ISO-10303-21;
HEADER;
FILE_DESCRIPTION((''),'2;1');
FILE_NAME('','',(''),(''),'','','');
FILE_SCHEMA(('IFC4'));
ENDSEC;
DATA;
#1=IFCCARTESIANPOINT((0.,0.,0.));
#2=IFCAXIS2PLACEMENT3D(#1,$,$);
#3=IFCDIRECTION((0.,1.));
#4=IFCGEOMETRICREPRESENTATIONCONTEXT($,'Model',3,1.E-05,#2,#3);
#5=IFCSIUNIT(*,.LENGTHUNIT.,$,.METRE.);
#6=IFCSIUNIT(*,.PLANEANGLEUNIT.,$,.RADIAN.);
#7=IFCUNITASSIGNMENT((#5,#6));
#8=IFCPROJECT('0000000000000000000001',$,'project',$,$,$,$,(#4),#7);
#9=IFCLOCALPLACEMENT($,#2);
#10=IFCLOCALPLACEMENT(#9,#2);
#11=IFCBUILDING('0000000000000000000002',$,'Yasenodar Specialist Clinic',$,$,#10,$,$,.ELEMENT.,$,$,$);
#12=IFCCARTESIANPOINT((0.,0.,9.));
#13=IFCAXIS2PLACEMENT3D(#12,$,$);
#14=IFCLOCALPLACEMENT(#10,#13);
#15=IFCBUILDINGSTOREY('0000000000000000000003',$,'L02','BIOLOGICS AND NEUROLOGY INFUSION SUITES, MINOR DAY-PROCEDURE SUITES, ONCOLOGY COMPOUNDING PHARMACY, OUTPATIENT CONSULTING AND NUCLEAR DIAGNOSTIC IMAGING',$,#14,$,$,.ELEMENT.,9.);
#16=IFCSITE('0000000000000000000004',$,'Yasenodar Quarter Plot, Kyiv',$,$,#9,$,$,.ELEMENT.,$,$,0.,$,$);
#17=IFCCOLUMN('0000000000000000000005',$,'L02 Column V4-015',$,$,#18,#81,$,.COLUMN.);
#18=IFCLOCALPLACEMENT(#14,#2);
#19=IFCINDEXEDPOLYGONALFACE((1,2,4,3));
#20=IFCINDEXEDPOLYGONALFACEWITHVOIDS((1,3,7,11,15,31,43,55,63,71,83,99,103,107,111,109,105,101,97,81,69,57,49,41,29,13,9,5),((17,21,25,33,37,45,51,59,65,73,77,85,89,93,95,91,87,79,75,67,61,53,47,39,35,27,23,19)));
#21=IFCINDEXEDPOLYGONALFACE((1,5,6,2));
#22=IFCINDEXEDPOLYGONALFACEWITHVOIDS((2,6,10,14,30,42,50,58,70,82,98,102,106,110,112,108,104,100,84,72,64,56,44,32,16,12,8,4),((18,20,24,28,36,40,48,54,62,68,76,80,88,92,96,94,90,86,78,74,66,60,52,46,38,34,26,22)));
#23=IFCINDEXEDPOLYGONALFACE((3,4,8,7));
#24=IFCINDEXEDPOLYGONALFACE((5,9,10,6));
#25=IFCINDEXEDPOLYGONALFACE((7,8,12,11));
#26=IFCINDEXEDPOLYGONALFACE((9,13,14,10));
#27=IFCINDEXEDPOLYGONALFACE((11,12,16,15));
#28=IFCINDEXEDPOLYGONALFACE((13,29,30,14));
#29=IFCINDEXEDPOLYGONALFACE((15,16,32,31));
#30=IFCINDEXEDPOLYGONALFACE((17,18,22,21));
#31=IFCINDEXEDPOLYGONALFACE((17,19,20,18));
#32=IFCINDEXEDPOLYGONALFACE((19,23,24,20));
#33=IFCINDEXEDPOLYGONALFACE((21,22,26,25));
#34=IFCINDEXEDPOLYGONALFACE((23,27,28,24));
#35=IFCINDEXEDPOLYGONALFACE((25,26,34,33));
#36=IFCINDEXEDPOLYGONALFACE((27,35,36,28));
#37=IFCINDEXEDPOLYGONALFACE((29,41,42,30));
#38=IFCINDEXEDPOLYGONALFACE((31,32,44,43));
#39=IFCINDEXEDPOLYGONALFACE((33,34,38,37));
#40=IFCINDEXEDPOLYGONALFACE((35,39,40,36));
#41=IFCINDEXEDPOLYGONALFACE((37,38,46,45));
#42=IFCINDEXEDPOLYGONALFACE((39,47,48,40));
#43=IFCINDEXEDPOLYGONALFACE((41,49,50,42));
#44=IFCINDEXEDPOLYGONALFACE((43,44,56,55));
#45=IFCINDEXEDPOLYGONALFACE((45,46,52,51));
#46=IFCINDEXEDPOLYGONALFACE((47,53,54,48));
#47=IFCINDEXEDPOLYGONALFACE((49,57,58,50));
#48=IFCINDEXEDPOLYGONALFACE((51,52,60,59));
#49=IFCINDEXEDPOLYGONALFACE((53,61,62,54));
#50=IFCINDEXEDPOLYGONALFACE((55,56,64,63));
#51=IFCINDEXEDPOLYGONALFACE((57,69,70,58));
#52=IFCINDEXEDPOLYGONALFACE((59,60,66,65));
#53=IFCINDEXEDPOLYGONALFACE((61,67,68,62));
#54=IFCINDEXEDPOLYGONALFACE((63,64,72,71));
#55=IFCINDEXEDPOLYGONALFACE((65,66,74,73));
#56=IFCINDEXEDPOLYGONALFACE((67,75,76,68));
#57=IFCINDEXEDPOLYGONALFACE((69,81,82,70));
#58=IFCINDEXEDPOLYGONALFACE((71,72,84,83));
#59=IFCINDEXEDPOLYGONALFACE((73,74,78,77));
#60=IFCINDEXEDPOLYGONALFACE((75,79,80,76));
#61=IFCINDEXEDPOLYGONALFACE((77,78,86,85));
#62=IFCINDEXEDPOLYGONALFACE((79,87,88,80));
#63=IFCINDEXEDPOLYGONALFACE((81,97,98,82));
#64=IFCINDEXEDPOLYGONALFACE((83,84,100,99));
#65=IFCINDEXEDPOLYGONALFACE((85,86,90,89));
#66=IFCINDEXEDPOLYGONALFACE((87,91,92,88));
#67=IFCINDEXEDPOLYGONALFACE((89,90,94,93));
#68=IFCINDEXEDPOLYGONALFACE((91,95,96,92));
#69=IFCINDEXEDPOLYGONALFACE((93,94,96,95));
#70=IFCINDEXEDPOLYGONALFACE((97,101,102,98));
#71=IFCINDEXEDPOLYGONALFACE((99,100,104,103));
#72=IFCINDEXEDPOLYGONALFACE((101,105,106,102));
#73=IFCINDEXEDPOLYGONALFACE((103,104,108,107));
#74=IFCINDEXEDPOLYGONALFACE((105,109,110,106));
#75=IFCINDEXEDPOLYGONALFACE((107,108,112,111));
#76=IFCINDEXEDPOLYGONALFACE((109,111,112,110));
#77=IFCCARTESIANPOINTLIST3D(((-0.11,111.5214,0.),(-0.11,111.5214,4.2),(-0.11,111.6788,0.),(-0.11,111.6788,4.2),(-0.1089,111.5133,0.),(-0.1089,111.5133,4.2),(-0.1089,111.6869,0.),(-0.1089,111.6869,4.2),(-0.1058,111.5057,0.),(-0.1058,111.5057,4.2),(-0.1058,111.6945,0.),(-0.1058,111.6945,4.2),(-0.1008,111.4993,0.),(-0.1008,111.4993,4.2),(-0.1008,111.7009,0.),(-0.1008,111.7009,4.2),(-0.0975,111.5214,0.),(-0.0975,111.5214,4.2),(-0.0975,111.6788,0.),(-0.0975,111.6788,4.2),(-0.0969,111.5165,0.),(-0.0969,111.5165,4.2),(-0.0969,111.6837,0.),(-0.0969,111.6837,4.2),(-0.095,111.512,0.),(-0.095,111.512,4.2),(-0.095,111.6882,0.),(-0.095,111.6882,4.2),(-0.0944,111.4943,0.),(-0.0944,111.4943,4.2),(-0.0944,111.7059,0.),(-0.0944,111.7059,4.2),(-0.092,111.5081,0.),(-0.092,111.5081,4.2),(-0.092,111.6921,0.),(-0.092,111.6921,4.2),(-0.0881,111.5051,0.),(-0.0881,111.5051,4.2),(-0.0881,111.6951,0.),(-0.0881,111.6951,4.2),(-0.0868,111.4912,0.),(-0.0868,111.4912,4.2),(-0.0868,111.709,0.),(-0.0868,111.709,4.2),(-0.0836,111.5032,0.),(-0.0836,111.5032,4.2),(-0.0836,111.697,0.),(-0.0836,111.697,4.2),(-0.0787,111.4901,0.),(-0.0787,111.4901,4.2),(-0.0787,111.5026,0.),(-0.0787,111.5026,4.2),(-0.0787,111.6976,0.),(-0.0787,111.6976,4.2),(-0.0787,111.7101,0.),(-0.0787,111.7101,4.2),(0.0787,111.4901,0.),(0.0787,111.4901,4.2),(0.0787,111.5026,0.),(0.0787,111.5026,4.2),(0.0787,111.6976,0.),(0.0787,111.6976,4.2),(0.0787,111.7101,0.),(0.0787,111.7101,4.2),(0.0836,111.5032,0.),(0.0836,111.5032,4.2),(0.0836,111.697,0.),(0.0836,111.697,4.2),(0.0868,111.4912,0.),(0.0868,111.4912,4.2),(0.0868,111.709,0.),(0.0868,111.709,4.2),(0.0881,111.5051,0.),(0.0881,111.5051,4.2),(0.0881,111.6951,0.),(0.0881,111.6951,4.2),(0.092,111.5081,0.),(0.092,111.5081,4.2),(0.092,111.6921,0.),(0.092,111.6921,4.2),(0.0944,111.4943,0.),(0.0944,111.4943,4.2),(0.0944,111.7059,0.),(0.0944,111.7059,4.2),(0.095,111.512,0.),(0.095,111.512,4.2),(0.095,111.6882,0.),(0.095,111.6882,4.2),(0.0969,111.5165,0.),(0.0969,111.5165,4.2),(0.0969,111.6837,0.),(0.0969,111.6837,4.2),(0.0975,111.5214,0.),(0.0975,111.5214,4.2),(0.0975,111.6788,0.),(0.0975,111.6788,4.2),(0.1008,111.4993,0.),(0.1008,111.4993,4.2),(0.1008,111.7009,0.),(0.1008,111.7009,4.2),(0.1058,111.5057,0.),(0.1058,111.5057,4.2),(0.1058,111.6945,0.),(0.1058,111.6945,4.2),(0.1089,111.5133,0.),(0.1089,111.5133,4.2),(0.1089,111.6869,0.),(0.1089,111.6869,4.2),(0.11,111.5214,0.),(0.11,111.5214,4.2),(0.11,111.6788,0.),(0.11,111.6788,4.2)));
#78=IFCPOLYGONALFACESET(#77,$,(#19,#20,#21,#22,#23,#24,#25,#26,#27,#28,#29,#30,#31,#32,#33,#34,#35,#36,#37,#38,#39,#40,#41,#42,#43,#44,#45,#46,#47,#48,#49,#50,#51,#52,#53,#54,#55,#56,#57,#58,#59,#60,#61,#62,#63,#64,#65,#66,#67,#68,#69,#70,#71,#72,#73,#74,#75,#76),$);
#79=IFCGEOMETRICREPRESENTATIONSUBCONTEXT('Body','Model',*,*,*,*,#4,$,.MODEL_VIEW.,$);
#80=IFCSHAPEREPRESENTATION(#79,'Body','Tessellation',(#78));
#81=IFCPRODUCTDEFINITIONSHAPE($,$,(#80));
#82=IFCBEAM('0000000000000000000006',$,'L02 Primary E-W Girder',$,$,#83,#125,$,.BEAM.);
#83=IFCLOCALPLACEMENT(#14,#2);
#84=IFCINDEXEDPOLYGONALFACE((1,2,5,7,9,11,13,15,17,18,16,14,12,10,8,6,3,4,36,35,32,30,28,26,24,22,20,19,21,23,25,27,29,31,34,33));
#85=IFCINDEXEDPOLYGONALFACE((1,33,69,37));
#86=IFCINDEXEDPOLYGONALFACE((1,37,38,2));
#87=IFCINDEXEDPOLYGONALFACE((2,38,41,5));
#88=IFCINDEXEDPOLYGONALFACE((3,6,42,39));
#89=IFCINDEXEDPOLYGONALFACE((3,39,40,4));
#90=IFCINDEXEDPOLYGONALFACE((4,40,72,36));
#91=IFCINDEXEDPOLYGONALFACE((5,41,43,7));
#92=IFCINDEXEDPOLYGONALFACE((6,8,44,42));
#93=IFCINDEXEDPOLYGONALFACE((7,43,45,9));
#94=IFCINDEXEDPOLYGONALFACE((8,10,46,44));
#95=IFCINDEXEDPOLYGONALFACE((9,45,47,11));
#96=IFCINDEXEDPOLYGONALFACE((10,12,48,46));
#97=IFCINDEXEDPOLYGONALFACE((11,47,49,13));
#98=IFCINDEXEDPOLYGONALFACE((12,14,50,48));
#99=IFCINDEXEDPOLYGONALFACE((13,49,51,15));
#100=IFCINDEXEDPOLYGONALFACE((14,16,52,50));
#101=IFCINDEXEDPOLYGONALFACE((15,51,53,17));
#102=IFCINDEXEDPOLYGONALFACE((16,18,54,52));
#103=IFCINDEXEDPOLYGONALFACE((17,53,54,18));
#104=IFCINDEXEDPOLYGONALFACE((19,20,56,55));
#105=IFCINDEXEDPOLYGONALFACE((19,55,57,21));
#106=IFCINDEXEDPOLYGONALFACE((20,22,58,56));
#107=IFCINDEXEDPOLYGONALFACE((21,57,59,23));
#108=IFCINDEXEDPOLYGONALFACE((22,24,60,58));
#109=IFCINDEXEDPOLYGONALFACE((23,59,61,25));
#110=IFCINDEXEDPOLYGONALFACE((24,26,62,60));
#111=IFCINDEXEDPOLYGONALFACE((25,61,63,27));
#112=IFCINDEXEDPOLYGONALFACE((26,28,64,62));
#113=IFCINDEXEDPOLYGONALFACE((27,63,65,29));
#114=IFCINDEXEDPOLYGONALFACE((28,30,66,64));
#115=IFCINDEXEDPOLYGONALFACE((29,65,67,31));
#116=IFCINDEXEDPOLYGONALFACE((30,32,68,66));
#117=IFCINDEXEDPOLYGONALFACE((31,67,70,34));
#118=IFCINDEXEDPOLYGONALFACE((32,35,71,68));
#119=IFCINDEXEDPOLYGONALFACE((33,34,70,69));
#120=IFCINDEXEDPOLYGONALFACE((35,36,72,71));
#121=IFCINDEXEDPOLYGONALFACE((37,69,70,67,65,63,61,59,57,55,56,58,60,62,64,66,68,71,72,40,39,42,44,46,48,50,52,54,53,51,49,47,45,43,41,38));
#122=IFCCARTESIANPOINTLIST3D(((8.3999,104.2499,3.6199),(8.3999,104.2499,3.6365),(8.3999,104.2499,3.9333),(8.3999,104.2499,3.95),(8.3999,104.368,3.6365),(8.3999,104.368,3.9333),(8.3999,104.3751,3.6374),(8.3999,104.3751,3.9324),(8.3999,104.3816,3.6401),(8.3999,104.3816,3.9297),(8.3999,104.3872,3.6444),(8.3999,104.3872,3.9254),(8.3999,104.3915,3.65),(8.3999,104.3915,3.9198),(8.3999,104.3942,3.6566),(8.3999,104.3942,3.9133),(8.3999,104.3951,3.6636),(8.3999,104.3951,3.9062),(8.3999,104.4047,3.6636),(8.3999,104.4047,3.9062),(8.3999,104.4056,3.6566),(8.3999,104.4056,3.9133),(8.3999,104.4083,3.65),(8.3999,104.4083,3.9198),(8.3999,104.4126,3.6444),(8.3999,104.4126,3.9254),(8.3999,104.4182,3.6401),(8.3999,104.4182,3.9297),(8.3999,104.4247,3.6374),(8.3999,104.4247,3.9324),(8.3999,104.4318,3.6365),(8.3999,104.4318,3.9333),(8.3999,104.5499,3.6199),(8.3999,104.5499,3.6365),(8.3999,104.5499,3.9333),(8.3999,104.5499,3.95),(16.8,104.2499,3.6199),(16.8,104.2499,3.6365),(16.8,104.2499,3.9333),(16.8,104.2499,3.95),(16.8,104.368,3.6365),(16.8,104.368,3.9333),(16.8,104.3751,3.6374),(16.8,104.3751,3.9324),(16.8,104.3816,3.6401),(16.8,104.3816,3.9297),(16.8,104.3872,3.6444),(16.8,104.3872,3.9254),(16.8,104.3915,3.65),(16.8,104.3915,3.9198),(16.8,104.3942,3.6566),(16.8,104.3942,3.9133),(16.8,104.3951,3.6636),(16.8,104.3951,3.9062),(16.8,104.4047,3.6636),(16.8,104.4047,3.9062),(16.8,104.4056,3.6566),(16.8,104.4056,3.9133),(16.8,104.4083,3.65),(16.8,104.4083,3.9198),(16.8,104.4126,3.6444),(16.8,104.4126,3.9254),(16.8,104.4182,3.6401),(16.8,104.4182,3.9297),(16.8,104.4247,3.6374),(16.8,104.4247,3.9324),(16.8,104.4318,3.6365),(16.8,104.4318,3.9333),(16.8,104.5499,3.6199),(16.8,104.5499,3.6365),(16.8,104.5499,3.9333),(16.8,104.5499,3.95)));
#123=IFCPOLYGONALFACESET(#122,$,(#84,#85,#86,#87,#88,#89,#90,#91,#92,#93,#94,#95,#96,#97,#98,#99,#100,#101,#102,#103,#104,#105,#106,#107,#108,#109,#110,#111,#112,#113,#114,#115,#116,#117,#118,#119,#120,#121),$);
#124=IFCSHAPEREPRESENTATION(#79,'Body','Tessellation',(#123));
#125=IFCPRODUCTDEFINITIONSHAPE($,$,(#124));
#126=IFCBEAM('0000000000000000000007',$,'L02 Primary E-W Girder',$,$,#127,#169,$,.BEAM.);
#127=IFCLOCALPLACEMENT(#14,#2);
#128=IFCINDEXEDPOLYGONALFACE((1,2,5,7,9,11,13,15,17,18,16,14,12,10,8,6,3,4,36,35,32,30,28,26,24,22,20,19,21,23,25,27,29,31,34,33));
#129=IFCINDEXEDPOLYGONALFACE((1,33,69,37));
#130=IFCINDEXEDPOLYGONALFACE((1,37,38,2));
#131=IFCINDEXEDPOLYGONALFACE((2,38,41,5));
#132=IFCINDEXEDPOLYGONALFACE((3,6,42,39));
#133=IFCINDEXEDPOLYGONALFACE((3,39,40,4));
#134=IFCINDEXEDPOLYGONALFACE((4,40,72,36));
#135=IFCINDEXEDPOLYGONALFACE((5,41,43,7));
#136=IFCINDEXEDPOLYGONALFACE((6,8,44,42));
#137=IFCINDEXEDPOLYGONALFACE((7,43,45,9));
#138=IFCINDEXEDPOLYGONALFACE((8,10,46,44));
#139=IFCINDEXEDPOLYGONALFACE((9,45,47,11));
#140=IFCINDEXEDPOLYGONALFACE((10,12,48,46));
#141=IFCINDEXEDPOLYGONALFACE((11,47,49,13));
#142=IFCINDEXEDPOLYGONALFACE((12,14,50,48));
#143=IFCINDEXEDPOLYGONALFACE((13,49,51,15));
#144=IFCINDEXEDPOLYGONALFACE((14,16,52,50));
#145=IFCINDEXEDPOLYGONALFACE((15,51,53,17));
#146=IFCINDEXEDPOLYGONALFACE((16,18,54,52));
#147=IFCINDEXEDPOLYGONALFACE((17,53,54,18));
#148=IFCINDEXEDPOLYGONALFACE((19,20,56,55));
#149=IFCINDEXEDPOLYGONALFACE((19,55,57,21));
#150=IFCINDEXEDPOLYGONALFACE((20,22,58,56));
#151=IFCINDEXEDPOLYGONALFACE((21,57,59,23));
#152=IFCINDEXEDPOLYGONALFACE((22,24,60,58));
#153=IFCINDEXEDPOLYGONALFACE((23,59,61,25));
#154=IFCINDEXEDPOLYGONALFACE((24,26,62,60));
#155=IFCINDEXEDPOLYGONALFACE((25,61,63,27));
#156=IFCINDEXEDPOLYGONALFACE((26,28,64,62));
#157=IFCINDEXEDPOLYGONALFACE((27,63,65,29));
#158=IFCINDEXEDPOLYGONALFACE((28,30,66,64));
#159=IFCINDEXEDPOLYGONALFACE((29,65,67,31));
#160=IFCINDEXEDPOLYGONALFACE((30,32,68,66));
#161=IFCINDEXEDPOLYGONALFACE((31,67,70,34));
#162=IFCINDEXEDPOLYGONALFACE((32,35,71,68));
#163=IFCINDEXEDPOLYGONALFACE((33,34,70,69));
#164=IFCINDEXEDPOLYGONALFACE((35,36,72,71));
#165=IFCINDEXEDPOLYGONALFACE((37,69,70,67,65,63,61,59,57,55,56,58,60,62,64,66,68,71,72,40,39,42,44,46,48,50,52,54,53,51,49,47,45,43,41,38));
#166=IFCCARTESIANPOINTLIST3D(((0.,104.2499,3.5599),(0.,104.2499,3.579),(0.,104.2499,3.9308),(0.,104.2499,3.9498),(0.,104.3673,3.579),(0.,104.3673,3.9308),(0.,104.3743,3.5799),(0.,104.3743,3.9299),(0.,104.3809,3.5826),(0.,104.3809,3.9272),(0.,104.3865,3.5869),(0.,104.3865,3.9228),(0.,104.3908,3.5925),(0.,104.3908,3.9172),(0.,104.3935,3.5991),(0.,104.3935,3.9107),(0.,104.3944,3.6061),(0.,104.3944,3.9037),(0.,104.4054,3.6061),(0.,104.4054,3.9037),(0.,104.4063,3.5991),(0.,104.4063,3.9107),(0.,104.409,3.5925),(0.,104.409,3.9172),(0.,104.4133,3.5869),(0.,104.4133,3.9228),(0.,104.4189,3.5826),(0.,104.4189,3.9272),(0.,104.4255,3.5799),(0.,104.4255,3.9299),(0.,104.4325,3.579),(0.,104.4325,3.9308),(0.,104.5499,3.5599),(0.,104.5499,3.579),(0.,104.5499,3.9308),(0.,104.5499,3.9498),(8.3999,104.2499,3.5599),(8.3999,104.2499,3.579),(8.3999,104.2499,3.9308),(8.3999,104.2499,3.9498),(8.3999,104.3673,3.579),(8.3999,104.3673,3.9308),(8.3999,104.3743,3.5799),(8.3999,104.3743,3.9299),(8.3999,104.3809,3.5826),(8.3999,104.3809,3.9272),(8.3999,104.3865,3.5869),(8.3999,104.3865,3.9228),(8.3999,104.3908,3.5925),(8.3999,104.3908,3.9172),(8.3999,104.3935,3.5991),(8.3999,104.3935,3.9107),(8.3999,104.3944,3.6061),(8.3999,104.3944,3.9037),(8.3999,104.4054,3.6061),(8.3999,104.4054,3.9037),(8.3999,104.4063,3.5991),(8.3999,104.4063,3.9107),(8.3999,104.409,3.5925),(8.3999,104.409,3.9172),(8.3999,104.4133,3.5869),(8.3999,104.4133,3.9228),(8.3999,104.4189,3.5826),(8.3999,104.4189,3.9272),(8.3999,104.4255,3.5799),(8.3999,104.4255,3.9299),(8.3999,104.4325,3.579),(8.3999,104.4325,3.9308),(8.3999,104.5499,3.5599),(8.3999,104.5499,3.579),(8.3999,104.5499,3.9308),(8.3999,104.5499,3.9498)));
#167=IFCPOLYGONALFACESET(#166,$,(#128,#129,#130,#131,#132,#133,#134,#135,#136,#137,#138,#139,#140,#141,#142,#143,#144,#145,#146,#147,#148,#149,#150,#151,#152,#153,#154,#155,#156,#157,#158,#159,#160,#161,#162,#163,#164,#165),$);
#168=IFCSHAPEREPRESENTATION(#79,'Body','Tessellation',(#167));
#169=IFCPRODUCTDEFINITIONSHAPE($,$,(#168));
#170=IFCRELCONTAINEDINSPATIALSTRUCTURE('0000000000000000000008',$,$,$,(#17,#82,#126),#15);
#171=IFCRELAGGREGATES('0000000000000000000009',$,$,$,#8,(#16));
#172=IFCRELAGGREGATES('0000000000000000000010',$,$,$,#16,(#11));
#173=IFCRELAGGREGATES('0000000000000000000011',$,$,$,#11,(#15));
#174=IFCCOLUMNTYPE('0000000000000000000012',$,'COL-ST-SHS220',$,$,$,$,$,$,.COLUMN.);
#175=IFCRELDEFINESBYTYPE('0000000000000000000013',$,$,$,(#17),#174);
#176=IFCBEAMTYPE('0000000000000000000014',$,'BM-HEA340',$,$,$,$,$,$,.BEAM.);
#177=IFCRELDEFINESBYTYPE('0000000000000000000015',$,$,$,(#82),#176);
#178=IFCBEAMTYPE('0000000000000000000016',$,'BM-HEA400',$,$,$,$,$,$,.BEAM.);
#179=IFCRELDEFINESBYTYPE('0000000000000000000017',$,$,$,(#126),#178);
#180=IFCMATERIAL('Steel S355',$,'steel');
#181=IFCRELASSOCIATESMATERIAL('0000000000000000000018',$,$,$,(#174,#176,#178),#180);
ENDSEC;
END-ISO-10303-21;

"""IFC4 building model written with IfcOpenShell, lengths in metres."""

from ifc_helpers import new_model, si_unit, direction, frame, origin, origin_2d, place, context, subcontext, project, spatial, hollow_rectangle, i_section, extrude, material, material_profile, profile_set, type_object, element, save


model = new_model("IFC4")

# Units and contexts
model_context = context("Model", 3, precision=1e-05, world=origin(), true_north=direction((0.0, 1.0)))
body_context = subcontext(model_context, "Body", "Model", "MODEL_VIEW")
ifc_project = project(units=[si_unit("LENGTHUNIT", "METRE"), si_unit("PLANEANGLEUNIT", "RADIAN")], contexts=[model_context])

# Site, building, storey
site_placement = place(None, origin())
site = spatial("IfcSite", under=ifc_project, at=site_placement, Name="Yasenodar Quarter Plot, Kyiv", CompositionType="ELEMENT", RefElevation=0.0)
building_placement = place(site_placement, origin())
building = spatial("IfcBuilding", under=site, at=building_placement, Name="Yasenodar Specialist Clinic", CompositionType="ELEMENT")
storey_placement = place(building_placement, frame((0.0, 0.0, 9.0)))
storey = spatial("IfcBuildingStorey", under=building, at=storey_placement, Name="L02", Description="BIOLOGICS AND NEUROLOGY INFUSION SUITES, MINOR DAY-PROCEDURE SUITES, ONCOLOGY COMPOUNDING PHARMACY, OUTPATIENT CONSULTING AND NUCLEAR DIAGNOSTIC IMAGING", CompositionType="ELEMENT", Elevation=9.0)

# Column
ifc_material_1 = material(Name="Steel S355", Category="steel")
ifc_material_profile_1 = material_profile(ifc_material_1, hollow_rectangle(XDim=0.22, YDim=0.22, WallThickness=0.0125, InnerFilletRadius=0.0188, OuterFilletRadius=0.0312, at=origin_2d()), Name="SHS 220x220x12.5")
ifc_profile_set_1 = profile_set([ifc_material_profile_1], Name="Steel S355")
column_type_1 = type_object("IfcColumnType", Name="COL-ST-SHS220", PredefinedType="COLUMN", material=ifc_profile_set_1)
column_1_placement = place(storey_placement, frame((0.0, 111.6001, 0.0), z_axis=(0.0, 0.0, 1.0), x_axis=(1.0, 0.0, 0.0)))
element("IfcColumn", 1, at=column_1_placement, inside=storey, type_object=column_type_1, Name="L02 Column V4-015", PredefinedType="COLUMN", context=body_context, shape_type="SweptSolid", body=[
    extrude(hollow_rectangle(XDim=0.22, YDim=0.22, WallThickness=0.0125, InnerFilletRadius=0.0188, OuterFilletRadius=0.0312, at=origin_2d()), origin(), (0.0, 0.0, 1.0), 4.2),
])

# Beams
ifc_material_profile_2 = material_profile(ifc_material_1, i_section(OverallWidth=0.3, OverallDepth=0.3301, WebThickness=0.0095, FlangeThickness=0.0166, FilletRadius=0.0271, at=origin_2d()), Name="HEA 340")
ifc_profile_set_2 = profile_set([ifc_material_profile_2], Name="Steel S355")
beam_type_1 = type_object("IfcBeamType", Name="BM-HEA340", PredefinedType="BEAM", material=ifc_profile_set_2)
beam_1_placement = place(storey_placement, frame((8.3999, 104.3999, 3.7849), z_axis=(1.0, 0.0, 0.0), x_axis=(0.0, 1.0, 0.0)))
element("IfcBeam", 2, at=beam_1_placement, inside=storey, type_object=beam_type_1, Name="L02 Primary E-W Girder", PredefinedType="BEAM", context=body_context, shape_type="SweptSolid", body=[
    extrude(i_section(OverallWidth=0.3, OverallDepth=0.3301, WebThickness=0.0095, FlangeThickness=0.0166, FilletRadius=0.0271, at=origin_2d()), origin(), (0.0, 0.0, 1.0), 8.4001),
])
ifc_material_profile_3 = material_profile(ifc_material_1, i_section(OverallWidth=0.3, OverallDepth=0.3899, WebThickness=0.011, FlangeThickness=0.019, FilletRadius=0.0271, at=origin_2d()), Name="HEA 400")
ifc_profile_set_3 = profile_set([ifc_material_profile_3], Name="Steel S355")
beam_type_2 = type_object("IfcBeamType", Name="BM-HEA400", PredefinedType="BEAM", material=ifc_profile_set_3)
beam_2_placement = place(storey_placement, frame((0.0, 104.3999, 3.7549), z_axis=(1.0, 0.0, 0.0), x_axis=(0.0, 1.0, 0.0)))
element("IfcBeam", 3, at=beam_2_placement, inside=storey, type_object=beam_type_2, Name="L02 Primary E-W Girder", PredefinedType="BEAM", context=body_context, shape_type="SweptSolid", body=[
    extrude(i_section(OverallWidth=0.3, OverallDepth=0.3899, WebThickness=0.011, FlangeThickness=0.019, FilletRadius=0.0271, at=origin_2d()), origin(), (0.0, 0.0, 1.0), 8.3999),
])

save(model, "model.ifc")
